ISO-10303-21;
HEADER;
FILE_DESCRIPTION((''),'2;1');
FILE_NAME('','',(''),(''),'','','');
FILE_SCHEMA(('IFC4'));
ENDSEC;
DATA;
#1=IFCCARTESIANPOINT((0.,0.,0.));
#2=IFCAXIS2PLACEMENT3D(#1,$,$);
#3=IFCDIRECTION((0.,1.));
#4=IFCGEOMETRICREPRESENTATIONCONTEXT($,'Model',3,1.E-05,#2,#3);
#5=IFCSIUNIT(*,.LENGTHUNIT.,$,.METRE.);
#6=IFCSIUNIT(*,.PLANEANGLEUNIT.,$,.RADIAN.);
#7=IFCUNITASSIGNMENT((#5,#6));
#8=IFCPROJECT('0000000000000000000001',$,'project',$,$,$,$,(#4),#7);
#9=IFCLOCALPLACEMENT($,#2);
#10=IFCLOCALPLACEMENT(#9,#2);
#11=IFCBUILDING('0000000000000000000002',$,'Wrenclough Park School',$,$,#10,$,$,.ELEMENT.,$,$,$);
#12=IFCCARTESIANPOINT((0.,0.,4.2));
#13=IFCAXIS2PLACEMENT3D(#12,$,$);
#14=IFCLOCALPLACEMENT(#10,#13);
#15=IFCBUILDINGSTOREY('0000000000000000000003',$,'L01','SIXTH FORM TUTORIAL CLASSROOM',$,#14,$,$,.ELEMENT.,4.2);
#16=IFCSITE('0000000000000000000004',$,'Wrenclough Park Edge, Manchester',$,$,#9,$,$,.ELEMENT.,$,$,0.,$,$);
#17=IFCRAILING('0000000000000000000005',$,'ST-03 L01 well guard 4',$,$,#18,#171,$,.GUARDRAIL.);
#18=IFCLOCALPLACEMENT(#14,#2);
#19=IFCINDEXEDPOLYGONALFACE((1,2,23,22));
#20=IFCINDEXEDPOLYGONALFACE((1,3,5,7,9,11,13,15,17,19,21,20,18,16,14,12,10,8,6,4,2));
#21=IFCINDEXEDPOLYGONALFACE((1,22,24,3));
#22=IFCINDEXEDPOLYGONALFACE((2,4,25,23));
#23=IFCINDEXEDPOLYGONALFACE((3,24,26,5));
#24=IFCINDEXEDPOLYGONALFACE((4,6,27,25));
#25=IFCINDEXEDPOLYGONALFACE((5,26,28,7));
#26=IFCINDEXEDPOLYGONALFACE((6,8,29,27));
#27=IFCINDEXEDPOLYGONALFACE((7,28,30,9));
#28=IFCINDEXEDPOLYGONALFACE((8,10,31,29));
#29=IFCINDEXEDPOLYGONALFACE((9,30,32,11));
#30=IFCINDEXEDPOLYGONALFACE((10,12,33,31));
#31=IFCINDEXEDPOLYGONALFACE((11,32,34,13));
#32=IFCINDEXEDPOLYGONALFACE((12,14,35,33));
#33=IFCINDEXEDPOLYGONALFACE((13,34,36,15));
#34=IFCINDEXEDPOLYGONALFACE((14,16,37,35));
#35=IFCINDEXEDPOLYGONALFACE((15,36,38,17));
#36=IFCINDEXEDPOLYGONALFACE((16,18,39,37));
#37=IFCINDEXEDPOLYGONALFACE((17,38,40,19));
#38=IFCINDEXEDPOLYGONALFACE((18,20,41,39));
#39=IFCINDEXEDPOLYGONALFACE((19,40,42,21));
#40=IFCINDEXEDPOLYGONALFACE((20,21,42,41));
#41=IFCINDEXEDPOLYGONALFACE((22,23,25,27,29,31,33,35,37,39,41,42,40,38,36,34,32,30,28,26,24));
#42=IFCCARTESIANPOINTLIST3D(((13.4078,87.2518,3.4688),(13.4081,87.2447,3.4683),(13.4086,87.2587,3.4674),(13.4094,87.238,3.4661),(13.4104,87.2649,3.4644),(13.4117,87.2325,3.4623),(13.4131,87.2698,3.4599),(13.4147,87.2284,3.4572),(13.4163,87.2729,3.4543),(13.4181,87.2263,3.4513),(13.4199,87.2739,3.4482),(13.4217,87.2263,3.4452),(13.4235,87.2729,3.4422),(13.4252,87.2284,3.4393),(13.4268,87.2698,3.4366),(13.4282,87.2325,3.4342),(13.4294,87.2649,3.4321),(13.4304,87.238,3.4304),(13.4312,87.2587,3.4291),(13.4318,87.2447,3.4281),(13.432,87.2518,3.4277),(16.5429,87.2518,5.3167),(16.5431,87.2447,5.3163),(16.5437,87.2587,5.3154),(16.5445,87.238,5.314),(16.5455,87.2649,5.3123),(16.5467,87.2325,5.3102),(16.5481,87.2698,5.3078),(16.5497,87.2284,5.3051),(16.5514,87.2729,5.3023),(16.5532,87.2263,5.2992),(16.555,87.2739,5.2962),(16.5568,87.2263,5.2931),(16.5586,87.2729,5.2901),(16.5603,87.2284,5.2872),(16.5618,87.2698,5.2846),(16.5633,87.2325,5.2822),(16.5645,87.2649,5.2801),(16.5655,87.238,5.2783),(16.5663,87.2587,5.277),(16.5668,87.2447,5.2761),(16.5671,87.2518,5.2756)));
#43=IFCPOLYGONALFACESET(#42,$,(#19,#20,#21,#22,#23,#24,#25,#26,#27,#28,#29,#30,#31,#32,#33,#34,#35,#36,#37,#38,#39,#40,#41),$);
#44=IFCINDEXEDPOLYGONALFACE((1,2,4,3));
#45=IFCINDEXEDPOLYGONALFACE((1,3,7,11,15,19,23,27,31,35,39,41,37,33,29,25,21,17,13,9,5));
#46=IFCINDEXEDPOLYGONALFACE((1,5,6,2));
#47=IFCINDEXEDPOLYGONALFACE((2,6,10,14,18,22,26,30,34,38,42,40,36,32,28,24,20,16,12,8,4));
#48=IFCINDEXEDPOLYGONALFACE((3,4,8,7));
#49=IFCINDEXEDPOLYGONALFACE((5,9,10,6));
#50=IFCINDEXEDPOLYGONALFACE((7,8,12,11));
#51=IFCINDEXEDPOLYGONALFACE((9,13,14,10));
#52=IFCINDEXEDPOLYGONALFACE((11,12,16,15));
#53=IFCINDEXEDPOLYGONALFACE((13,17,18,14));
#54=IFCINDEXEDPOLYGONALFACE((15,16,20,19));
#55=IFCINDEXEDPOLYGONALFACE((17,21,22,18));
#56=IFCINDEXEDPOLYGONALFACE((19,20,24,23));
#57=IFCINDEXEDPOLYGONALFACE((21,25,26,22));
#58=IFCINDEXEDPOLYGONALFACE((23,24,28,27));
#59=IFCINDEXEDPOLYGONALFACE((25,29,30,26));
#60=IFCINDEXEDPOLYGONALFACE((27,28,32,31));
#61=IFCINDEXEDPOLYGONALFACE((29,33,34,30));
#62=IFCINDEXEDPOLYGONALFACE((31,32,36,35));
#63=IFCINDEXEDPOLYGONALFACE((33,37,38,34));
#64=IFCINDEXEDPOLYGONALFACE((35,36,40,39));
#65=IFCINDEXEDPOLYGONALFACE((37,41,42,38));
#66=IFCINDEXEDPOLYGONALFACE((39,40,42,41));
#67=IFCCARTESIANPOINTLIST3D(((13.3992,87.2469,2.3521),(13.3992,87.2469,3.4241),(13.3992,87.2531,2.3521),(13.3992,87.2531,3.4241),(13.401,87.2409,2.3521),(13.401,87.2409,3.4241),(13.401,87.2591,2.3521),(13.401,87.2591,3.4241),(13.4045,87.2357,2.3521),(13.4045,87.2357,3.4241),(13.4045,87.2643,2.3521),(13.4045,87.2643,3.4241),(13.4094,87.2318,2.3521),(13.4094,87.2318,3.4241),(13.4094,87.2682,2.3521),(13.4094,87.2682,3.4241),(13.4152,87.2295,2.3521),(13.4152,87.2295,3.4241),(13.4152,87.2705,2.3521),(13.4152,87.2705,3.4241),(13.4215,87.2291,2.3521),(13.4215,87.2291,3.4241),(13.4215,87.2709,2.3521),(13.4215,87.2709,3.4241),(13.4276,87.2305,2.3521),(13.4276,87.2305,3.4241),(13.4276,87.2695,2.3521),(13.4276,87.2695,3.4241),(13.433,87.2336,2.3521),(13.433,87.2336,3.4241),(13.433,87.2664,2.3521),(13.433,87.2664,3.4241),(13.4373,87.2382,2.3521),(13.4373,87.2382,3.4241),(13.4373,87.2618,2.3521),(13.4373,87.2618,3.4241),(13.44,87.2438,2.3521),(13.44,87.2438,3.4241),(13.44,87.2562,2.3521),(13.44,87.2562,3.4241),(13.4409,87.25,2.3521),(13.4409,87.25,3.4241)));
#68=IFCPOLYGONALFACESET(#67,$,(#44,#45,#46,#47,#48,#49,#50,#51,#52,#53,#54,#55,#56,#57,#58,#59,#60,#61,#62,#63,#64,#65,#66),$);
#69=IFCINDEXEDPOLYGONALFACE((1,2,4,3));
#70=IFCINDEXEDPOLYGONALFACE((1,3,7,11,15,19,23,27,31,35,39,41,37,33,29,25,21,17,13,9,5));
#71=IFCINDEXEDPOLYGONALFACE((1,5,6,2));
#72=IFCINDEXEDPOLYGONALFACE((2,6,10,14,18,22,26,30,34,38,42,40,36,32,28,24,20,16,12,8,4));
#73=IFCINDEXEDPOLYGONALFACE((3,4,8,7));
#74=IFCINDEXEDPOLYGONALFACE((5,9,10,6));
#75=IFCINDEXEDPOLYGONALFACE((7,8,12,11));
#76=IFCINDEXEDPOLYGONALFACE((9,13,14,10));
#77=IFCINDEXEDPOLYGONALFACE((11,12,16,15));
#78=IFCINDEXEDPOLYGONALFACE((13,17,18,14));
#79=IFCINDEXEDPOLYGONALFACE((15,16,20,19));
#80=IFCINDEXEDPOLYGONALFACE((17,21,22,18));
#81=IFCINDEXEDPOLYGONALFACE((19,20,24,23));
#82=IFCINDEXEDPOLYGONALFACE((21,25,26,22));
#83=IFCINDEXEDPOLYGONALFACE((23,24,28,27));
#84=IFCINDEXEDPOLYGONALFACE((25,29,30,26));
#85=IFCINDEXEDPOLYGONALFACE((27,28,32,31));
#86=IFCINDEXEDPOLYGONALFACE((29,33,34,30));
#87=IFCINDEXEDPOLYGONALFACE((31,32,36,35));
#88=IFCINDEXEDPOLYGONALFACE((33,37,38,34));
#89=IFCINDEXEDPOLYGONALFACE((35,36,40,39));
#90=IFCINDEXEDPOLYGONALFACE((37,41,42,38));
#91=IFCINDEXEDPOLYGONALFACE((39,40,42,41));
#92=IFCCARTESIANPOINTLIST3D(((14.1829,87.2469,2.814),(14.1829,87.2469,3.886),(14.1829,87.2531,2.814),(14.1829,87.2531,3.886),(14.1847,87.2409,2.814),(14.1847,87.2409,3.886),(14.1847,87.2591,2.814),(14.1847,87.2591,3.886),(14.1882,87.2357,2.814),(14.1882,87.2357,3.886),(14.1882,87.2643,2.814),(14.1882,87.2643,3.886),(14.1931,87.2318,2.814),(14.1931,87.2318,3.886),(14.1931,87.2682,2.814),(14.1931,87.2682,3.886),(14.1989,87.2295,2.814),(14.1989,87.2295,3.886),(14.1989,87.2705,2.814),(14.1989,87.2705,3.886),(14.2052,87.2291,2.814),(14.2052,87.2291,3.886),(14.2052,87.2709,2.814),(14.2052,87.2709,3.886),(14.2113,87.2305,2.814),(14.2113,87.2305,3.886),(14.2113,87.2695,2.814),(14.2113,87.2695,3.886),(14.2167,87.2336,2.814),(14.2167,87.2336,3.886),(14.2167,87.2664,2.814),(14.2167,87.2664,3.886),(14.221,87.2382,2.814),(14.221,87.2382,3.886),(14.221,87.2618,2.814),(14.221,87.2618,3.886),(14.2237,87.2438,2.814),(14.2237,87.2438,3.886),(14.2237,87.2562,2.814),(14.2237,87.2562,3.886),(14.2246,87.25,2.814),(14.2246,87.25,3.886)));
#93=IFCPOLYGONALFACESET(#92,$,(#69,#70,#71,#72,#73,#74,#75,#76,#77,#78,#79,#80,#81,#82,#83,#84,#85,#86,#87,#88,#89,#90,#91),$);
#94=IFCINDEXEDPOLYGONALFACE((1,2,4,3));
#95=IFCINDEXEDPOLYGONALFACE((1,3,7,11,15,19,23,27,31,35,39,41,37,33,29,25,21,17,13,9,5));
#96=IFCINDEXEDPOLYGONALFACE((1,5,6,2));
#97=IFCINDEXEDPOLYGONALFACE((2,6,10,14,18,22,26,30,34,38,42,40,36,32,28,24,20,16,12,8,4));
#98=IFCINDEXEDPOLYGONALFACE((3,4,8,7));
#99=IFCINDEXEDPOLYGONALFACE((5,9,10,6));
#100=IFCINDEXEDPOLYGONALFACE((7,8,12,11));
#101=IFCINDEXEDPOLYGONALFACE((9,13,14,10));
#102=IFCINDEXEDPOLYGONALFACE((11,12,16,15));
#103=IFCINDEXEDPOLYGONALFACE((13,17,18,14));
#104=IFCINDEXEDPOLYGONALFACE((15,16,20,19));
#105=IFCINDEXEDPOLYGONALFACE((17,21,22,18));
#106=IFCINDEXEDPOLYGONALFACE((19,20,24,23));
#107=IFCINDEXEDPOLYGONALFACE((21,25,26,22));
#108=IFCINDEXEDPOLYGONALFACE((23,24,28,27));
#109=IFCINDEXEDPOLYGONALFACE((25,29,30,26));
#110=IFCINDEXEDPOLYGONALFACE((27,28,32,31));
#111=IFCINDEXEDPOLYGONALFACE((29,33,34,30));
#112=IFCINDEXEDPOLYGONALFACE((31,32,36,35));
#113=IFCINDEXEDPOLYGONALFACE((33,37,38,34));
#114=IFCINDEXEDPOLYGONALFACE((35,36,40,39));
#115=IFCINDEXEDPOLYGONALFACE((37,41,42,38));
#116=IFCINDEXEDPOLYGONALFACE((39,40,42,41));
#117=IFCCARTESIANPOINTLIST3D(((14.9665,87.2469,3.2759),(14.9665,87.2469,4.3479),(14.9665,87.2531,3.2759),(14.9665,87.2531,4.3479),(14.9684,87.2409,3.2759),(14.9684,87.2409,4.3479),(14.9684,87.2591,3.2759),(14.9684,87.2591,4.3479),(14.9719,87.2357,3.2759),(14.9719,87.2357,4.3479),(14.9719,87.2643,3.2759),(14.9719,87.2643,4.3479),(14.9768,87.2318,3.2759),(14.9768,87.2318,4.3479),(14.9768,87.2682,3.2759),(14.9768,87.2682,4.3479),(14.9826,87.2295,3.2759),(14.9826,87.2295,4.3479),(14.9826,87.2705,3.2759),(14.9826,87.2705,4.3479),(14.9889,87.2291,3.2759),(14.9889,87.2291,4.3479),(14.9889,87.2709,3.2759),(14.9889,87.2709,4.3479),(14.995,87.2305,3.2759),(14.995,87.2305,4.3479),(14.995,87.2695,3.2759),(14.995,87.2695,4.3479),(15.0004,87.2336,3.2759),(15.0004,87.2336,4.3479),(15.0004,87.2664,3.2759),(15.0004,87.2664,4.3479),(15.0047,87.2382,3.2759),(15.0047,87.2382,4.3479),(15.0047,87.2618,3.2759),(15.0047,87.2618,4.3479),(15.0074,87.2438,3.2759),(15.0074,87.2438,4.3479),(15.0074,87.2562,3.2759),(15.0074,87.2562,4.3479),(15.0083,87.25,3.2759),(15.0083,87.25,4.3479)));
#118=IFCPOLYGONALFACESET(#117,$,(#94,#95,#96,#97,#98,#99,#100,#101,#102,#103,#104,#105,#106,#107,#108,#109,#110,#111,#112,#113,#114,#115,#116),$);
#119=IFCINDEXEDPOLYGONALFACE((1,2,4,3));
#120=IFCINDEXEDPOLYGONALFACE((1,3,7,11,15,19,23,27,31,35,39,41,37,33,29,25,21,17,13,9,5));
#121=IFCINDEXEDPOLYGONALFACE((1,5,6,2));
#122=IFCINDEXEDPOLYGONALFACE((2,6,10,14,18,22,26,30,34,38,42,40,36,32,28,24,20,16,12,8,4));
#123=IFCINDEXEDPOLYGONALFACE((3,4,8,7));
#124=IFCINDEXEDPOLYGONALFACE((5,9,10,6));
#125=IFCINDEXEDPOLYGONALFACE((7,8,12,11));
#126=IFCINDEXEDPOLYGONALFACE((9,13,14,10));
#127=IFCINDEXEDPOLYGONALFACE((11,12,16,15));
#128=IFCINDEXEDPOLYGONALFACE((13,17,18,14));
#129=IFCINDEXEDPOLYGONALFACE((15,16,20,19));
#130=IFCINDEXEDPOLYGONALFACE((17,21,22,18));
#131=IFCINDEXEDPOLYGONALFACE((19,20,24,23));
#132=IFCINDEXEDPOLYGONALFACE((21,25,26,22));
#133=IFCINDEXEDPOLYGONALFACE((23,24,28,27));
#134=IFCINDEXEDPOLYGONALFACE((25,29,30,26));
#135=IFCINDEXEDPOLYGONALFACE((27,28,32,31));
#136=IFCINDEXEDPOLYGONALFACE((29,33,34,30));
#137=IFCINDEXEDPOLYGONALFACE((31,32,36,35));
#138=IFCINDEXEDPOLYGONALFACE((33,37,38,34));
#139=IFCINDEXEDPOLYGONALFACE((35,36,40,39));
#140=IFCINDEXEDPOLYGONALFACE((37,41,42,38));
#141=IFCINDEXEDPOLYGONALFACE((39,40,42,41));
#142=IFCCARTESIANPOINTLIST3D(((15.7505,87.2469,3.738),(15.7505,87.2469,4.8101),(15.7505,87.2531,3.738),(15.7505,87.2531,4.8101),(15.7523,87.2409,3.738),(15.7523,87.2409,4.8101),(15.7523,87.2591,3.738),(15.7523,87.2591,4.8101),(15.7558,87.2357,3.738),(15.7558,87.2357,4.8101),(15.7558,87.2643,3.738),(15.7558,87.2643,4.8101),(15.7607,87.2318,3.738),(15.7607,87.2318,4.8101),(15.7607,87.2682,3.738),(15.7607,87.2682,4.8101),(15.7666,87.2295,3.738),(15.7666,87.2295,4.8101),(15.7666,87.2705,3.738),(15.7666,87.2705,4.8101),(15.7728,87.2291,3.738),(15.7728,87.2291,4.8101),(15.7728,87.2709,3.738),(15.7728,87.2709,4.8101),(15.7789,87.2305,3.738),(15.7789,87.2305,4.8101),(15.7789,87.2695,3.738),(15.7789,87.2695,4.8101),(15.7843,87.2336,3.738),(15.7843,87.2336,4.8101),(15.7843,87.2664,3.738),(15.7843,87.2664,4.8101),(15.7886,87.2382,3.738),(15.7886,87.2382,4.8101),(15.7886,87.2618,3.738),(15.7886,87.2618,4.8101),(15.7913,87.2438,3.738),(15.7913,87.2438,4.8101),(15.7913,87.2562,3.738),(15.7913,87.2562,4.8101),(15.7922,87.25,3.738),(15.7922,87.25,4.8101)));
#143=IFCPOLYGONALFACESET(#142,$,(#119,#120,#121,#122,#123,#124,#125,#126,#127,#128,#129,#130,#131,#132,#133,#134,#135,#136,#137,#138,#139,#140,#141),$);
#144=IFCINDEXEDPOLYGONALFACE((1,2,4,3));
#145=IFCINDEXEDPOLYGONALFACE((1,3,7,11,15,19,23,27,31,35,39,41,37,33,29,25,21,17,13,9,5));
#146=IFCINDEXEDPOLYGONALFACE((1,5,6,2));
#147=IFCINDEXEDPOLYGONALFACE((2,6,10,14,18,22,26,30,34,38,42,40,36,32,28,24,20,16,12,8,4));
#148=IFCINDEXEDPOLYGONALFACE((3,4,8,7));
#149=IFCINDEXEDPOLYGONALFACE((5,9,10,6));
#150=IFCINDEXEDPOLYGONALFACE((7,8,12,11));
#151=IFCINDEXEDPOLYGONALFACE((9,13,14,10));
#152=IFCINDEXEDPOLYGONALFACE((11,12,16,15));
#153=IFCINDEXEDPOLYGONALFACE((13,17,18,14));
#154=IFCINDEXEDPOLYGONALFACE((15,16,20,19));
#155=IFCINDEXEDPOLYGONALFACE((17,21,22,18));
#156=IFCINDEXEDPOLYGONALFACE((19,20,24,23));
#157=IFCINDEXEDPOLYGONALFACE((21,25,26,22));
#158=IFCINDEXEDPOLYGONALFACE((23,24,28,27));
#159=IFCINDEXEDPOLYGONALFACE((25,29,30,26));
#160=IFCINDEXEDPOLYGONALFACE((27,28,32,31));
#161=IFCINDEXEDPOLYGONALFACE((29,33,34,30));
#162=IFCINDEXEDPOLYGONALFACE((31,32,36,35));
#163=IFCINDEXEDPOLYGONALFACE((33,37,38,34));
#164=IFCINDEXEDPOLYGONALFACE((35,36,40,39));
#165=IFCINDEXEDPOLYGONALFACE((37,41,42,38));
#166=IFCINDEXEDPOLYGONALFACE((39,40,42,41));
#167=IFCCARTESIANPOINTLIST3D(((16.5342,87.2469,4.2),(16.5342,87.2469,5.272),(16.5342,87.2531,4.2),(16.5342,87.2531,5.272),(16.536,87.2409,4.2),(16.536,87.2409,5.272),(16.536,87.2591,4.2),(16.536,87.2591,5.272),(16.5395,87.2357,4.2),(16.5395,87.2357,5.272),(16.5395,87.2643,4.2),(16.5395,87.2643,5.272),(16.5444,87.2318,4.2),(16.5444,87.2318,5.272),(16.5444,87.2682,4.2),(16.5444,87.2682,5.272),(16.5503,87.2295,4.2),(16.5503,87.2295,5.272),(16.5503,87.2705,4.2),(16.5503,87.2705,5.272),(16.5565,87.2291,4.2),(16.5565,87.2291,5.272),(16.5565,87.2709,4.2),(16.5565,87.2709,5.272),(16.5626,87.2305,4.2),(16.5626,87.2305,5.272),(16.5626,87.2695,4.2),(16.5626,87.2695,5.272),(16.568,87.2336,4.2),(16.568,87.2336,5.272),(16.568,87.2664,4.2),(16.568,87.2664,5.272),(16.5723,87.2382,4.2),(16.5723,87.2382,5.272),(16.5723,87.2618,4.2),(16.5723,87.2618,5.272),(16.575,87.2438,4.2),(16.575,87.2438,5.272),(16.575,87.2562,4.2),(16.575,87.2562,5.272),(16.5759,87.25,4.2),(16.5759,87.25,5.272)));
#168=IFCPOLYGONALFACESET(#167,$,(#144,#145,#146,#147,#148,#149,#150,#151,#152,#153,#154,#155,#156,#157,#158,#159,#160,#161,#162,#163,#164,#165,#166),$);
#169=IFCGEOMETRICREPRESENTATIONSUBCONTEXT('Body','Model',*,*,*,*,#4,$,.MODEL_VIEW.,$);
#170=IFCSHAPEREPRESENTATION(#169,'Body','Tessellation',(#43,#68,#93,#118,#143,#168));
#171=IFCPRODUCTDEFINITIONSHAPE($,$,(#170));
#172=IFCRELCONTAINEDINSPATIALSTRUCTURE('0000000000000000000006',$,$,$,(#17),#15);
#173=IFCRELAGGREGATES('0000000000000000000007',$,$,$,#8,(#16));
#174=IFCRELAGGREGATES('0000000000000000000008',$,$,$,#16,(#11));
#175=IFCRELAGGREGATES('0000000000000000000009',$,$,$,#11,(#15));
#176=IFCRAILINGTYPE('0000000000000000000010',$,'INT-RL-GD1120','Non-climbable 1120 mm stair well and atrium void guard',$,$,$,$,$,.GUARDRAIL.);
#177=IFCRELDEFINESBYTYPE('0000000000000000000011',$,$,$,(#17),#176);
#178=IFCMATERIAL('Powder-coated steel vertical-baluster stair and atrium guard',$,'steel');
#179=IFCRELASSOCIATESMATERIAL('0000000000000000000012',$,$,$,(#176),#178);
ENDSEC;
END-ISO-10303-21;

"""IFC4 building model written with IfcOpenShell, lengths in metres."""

from ifc_helpers import new_model, si_unit, direction, frame, origin, origin_2d, place, context, subcontext, project, spatial, circle, extrude, material, type_object, element, save


model = new_model("IFC4")

# Units and contexts
model_context = context("Model", 3, precision=1e-05, world=origin(), true_north=direction((0.0, 1.0)))
body_context = subcontext(model_context, "Body", "Model", "MODEL_VIEW")
ifc_project = project(units=[si_unit("LENGTHUNIT", "METRE"), si_unit("PLANEANGLEUNIT", "RADIAN")], contexts=[model_context])

# Site, building, storey
site_placement = place(None, origin())
site = spatial("IfcSite", under=ifc_project, at=site_placement, Name="Wrenclough Park Edge, Manchester", CompositionType="ELEMENT", RefElevation=0.0)
building_placement = place(site_placement, origin())
building = spatial("IfcBuilding", under=site, at=building_placement, Name="Wrenclough Park School", CompositionType="ELEMENT")
storey_placement = place(building_placement, frame((0.0, 0.0, 4.2)))
storey = spatial("IfcBuildingStorey", under=building, at=storey_placement, Name="L01", Description="SIXTH FORM TUTORIAL CLASSROOM", CompositionType="ELEMENT", Elevation=4.2)

# Railing
ifc_material_1 = material(Name="Powder-coated steel vertical-baluster stair and atrium guard", Category="steel")
railing_type_1 = type_object("IfcRailingType", Name="INT-RL-GD1120", Description="Non-climbable 1120 mm stair well and atrium void guard", PredefinedType="GUARDRAIL", material=ifc_material_1)
railing_1_placement = place(storey_placement, frame((13.4199, 87.25, 2.3521)))
element("IfcRailing", 1, at=railing_1_placement, inside=storey, type_object=railing_type_1, Name="ST-03 L01 well guard 4", PredefinedType="GUARDRAIL", context=body_context, shape_type="SweptSolid", body=[
    extrude(circle(Radius=0.0239, at=origin_2d()), frame((0.0, 0.0, 1.0962), z_axis=(0.86148, 0.0, 0.507791), x_axis=(0.0, 1.0, 0.0)), (0.0, 0.0, 1.0), 3.6392),
    extrude(circle(Radius=0.021, at=origin_2d()), origin(), (0.0, 0.0, 1.0), 1.072),
    extrude(circle(Radius=0.021, at=origin_2d()), frame((0.7837, 0.0, 0.4619)), (0.0, 0.0, 1.0), 1.072),
    extrude(circle(Radius=0.021, at=origin_2d()), frame((1.5674, 0.0, 0.9238)), (0.0, 0.0, 1.0), 1.072),
    extrude(circle(Radius=0.021, at=origin_2d()), frame((2.3513, 0.0, 1.386)), (0.0, 0.0, 1.0), 1.072),
    extrude(circle(Radius=0.021, at=origin_2d()), frame((3.135, 0.0, 1.8479)), (0.0, 0.0, 1.0), 1.072),
])

save(model, "model.ifc")
